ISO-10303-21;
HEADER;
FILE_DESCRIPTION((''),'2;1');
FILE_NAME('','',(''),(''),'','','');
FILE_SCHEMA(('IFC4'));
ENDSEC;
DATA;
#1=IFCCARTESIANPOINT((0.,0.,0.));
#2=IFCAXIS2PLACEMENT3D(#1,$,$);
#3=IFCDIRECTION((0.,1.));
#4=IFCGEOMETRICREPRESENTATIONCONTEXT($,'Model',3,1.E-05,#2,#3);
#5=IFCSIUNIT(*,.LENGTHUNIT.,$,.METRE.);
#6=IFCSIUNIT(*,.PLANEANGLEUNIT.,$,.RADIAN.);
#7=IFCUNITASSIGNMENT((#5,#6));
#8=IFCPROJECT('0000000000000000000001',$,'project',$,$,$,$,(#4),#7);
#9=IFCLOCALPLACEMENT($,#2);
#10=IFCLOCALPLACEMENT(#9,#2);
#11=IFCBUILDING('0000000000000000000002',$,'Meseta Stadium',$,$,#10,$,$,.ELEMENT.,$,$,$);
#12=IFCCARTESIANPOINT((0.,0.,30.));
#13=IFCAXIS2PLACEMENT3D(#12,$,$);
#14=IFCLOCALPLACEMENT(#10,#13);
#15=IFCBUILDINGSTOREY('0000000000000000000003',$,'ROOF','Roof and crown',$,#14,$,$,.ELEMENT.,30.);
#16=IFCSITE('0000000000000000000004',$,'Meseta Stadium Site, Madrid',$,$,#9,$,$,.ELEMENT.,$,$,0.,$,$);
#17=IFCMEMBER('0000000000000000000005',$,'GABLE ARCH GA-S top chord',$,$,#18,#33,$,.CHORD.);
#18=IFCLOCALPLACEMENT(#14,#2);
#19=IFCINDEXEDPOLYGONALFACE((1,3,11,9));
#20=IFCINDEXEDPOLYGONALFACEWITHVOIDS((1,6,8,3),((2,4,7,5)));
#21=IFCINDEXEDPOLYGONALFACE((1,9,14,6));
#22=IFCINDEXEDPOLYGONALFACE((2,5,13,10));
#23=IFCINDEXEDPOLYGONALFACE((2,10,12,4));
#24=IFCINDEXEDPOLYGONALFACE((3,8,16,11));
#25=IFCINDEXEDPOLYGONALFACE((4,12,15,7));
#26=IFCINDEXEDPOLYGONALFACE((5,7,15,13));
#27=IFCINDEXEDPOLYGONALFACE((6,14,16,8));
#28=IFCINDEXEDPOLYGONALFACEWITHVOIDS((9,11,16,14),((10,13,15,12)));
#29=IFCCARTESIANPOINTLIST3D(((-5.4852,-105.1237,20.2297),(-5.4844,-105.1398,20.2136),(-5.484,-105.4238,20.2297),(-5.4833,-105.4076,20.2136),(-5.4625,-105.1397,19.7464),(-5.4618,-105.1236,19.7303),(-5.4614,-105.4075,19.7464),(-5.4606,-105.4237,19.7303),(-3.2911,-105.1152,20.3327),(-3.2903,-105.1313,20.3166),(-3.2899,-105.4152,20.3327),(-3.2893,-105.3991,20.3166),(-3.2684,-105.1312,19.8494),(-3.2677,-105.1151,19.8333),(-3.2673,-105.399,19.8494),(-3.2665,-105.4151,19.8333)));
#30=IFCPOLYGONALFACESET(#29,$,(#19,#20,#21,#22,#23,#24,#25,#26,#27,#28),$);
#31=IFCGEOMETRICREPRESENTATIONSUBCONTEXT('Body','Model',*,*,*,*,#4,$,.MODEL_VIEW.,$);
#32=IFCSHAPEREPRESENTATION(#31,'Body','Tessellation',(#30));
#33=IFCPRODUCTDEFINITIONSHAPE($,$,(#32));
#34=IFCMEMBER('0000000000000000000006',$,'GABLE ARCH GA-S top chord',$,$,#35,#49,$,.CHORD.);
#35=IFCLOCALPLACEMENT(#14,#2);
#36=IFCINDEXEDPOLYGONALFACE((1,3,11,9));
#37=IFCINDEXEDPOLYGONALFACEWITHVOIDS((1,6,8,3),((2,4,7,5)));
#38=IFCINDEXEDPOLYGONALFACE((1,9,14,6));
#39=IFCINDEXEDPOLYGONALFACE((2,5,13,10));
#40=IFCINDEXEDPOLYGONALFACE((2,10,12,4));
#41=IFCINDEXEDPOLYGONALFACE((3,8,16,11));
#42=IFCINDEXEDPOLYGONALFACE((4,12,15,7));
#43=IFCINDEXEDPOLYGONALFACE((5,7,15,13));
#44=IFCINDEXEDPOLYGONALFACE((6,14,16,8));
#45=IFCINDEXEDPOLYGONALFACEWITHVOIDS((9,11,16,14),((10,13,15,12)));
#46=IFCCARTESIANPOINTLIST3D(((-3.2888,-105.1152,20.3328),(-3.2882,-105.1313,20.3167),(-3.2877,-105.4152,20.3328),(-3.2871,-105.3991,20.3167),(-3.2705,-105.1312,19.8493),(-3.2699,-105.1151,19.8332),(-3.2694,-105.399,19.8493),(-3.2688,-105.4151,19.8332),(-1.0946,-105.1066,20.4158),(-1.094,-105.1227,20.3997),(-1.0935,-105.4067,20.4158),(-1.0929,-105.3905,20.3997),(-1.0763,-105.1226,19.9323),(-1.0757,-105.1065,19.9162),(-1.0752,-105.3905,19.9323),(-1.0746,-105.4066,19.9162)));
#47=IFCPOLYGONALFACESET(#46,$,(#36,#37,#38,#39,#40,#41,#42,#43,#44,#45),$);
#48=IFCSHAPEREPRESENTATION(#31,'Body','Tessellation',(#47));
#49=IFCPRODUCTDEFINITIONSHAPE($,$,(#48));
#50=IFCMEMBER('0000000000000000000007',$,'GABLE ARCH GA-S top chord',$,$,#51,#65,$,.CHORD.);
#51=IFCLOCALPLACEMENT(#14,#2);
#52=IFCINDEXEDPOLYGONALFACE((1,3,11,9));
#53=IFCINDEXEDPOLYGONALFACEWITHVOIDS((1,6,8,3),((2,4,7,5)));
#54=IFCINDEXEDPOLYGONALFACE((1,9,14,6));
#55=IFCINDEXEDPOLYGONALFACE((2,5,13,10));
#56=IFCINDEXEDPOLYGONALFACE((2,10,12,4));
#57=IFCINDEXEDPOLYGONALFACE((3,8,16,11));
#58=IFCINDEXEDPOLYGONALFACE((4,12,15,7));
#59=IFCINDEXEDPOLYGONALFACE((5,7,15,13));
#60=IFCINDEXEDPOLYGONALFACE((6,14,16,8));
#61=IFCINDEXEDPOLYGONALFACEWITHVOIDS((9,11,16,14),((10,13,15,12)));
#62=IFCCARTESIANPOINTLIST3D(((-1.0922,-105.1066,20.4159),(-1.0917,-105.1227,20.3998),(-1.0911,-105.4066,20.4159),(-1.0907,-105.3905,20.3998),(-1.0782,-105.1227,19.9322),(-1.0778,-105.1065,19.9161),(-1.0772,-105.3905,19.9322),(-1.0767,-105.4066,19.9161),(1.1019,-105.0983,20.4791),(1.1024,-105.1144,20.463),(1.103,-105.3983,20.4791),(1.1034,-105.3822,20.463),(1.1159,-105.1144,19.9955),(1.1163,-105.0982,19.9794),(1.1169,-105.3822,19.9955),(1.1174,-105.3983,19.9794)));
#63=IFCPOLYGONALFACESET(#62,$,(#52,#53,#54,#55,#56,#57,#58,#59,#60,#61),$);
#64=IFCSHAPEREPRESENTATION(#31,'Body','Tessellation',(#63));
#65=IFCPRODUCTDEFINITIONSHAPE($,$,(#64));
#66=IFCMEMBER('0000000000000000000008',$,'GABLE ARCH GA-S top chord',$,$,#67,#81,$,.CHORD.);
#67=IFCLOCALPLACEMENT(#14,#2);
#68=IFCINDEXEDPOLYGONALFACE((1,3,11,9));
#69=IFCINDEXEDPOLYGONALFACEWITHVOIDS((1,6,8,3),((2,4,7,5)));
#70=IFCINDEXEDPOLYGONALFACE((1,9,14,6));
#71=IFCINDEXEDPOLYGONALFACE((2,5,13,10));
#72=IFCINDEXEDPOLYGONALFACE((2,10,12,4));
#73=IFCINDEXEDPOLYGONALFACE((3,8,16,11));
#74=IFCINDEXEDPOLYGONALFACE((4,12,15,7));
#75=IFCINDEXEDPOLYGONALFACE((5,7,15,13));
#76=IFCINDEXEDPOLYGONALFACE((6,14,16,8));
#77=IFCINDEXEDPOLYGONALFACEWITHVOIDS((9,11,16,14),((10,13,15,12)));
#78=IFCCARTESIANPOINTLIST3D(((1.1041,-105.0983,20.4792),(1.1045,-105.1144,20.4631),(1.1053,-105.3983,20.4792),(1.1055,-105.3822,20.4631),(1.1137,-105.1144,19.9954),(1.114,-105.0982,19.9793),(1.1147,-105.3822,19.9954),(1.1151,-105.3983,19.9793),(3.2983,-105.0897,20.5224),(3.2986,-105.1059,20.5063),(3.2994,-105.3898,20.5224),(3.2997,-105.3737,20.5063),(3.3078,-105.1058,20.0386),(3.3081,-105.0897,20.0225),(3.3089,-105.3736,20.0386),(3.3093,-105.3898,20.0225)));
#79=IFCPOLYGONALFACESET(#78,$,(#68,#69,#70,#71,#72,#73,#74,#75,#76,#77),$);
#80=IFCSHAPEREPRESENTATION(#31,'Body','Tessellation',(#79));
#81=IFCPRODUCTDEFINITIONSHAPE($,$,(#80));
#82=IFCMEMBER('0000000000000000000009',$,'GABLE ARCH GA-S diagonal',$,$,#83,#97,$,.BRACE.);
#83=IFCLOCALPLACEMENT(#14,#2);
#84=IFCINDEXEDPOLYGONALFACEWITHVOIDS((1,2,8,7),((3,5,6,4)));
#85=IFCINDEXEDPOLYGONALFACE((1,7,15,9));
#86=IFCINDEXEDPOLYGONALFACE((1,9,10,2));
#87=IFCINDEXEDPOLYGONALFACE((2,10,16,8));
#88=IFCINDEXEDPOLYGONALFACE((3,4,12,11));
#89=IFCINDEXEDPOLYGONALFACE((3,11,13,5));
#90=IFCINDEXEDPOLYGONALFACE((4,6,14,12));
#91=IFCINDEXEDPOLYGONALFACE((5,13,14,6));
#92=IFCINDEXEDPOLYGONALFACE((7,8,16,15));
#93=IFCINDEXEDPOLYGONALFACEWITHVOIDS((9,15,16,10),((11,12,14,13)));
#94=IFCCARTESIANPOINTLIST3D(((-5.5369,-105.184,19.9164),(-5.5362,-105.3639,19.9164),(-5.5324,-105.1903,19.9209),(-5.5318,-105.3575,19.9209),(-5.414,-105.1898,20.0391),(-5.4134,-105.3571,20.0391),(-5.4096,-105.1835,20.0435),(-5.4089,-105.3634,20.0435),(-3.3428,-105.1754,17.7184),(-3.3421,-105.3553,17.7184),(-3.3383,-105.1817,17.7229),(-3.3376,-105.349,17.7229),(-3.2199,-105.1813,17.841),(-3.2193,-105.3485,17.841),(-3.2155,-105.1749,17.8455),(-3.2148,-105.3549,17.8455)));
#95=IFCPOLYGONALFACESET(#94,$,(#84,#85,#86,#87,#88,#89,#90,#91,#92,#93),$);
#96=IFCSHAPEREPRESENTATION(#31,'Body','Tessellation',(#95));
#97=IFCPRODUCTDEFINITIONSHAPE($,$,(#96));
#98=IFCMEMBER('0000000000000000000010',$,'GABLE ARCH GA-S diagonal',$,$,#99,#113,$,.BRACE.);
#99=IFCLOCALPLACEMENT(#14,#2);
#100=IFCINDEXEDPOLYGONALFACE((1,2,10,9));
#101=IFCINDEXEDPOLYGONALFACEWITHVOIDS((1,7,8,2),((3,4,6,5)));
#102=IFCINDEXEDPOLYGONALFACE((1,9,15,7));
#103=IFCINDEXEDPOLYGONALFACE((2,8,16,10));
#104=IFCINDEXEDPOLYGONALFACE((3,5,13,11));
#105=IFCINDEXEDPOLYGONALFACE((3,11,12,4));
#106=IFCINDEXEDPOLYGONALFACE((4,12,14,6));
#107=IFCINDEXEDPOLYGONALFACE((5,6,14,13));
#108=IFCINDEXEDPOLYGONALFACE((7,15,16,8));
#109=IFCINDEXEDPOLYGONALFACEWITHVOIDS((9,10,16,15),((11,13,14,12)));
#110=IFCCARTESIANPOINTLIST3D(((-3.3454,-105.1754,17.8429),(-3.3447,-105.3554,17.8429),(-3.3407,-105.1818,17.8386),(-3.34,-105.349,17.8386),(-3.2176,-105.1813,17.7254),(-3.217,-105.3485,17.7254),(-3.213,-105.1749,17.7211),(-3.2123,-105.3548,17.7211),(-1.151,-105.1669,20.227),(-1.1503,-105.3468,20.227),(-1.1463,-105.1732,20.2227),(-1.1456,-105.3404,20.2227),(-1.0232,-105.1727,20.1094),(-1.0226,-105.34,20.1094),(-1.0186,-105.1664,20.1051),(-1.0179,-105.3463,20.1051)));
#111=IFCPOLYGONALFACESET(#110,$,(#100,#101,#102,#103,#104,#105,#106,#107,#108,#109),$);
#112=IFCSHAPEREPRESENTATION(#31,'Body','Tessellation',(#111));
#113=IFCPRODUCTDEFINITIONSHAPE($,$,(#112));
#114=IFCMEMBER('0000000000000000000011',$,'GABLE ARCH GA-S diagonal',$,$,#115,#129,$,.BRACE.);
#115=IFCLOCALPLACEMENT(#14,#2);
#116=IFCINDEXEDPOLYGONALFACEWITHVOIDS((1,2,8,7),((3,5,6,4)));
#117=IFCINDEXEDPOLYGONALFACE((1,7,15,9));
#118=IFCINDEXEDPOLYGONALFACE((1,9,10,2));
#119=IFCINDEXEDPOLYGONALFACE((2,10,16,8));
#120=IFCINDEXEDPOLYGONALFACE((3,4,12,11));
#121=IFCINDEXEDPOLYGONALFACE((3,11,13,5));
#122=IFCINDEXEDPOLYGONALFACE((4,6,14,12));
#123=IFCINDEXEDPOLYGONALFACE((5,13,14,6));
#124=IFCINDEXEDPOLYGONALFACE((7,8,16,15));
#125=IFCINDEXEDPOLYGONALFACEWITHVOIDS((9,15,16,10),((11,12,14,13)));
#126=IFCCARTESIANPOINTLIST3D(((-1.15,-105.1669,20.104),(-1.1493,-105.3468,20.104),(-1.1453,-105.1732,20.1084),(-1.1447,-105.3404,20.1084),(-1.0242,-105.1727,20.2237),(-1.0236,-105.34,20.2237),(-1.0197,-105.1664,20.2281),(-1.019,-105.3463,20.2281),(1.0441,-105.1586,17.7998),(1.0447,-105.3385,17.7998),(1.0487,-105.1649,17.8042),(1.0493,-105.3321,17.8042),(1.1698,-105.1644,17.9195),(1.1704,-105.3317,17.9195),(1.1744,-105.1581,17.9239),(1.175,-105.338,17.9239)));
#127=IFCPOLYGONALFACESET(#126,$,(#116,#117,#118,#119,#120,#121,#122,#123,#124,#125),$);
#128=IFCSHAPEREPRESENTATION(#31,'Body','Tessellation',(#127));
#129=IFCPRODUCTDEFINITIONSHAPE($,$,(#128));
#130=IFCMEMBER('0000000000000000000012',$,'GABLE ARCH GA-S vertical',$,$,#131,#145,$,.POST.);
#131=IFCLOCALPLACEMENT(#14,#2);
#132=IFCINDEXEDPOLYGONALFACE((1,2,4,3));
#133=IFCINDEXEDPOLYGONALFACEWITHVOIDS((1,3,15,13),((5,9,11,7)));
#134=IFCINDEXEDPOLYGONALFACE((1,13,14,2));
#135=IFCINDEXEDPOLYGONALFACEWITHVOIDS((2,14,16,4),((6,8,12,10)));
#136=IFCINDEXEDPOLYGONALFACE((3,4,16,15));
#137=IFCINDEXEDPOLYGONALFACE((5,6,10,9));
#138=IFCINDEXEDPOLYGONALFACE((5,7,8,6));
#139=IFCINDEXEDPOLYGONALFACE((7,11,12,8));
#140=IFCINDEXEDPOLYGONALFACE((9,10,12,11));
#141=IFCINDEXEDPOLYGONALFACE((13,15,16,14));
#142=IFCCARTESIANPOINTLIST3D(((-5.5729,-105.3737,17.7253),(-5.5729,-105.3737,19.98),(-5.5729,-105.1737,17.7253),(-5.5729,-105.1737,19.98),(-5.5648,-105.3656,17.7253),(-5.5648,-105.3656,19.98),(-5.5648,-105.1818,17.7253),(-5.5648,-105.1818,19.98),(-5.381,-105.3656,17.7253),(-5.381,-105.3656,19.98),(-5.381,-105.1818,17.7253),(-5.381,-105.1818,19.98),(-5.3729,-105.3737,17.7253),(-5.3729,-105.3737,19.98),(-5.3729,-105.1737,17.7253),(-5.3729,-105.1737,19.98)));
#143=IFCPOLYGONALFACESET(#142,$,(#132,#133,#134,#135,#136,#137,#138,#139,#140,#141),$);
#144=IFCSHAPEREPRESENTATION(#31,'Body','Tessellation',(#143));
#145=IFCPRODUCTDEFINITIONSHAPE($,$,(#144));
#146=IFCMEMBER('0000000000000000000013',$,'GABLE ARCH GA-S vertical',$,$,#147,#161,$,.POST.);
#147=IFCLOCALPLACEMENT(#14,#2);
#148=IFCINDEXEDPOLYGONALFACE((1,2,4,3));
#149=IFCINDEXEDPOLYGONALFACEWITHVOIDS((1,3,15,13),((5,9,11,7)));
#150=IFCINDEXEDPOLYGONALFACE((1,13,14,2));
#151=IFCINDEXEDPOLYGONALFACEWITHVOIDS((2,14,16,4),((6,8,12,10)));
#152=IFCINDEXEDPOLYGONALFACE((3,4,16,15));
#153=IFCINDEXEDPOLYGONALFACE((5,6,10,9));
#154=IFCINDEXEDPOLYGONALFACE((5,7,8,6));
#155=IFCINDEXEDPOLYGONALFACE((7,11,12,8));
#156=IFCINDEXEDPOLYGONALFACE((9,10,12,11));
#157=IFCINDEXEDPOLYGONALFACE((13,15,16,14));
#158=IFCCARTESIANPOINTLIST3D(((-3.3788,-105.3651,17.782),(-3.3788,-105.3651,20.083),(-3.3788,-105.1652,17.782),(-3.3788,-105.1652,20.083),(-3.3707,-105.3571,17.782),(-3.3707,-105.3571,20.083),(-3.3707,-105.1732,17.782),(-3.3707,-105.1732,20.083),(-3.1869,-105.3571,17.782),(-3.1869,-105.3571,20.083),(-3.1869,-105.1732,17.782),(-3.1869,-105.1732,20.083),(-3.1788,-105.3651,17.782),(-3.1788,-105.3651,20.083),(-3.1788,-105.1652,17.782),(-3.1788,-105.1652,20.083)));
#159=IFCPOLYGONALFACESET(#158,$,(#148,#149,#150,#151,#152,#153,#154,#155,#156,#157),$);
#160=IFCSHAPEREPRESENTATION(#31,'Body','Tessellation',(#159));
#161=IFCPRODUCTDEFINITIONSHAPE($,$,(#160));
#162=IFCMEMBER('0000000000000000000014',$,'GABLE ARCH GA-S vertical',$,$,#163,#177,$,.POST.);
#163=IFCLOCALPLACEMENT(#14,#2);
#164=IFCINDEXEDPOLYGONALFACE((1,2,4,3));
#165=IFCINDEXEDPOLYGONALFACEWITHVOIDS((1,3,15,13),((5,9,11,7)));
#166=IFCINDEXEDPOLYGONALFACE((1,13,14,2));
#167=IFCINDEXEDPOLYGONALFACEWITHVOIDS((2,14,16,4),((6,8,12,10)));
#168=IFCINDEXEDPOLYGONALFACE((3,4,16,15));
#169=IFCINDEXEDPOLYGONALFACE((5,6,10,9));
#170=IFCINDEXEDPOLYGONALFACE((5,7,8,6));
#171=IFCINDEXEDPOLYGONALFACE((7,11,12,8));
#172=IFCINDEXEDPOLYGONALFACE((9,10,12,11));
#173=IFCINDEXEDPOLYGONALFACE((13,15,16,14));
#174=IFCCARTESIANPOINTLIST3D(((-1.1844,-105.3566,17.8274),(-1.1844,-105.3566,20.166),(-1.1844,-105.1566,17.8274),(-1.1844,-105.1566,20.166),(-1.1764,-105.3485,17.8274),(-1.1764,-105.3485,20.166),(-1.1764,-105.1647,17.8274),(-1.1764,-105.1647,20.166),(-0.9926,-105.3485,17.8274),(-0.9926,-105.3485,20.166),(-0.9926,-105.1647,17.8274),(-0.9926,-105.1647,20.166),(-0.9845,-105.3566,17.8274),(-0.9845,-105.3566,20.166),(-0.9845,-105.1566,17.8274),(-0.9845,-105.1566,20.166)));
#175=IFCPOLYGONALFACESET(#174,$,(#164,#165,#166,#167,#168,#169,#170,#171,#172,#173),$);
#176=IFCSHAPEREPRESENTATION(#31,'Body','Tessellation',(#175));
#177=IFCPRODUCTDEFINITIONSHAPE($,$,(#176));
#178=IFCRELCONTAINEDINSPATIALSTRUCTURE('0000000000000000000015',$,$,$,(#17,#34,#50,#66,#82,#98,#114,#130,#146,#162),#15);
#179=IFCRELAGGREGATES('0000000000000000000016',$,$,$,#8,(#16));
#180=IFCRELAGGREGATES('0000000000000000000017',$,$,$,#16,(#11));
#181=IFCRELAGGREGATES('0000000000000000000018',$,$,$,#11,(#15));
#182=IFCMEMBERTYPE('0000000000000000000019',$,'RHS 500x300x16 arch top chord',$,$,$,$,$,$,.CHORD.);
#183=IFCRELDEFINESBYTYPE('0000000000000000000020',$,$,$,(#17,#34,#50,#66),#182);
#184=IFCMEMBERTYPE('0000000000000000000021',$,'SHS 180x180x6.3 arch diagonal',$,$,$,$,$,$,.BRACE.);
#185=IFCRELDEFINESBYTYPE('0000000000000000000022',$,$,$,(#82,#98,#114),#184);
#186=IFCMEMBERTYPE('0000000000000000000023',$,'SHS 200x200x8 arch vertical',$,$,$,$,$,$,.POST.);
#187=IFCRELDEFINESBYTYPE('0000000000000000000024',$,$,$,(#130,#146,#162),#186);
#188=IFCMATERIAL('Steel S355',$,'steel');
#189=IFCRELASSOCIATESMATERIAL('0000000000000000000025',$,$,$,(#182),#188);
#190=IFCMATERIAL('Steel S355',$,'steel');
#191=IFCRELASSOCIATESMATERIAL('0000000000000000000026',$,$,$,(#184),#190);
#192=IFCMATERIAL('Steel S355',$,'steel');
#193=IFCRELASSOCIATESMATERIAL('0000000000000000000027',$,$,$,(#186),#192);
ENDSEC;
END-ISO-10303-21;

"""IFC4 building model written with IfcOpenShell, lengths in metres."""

from ifc_helpers import new_model, si_unit, direction, frame, origin, origin_2d, place, context, subcontext, project, spatial, hollow_rectangle, extrude, material, material_profile, profile_set, type_object, element, save


model = new_model("IFC4")

# Units and contexts
model_context = context("Model", 3, precision=1e-05, world=origin(), true_north=direction((0.0, 1.0)))
body_context = subcontext(model_context, "Body", "Model", "MODEL_VIEW")
ifc_project = project(units=[si_unit("LENGTHUNIT", "METRE"), si_unit("PLANEANGLEUNIT", "RADIAN")], contexts=[model_context])

# Site, building, storey
site_placement = place(None, origin())
site = spatial("IfcSite", under=ifc_project, at=site_placement, Name="Meseta Stadium Site, Madrid", CompositionType="ELEMENT", RefElevation=0.0)
building_placement = place(site_placement, origin())
building = spatial("IfcBuilding", under=site, at=building_placement, Name="Meseta Stadium", CompositionType="ELEMENT")
storey_placement = place(building_placement, frame((0.0, 0.0, 30.0)))
storey = spatial("IfcBuildingStorey", under=building, at=storey_placement, Name="ROOF", Description="Roof and crown", CompositionType="ELEMENT", Elevation=30.0)

# Members
ifc_material_1 = material(Name="Steel S355", Category="steel")
ifc_material_profile_1 = material_profile(ifc_material_1, hollow_rectangle(XDim=0.3, YDim=0.5, WallThickness=0.0161, at=origin_2d()), Name="RHS 500x300x16")
ifc_profile_set_1 = profile_set([ifc_material_profile_1], Name="Steel S355")
member_type_1 = type_object("IfcMemberType", Name="RHS 500x300x16 arch top chord", PredefinedType="CHORD", material=ifc_profile_set_1)
member_1_placement = place(storey_placement, frame((-5.4729, -105.2737, 19.98), z_axis=(0.998892, 0.00389, 0.046905), x_axis=(-0.003894, 0.999992, 0.0)))
element("IfcMember", 1, at=member_1_placement, inside=storey, type_object=member_type_1, Name="GABLE ARCH GA-S top chord", PredefinedType="CHORD", context=body_context, shape_type="SweptSolid", body=[
    extrude(hollow_rectangle(XDim=0.3, YDim=0.5, WallThickness=0.0161, at=origin_2d()), origin(), (0.0, 0.0, 1.0), 2.1965),
])
member_2_placement = place(storey_placement, frame((-3.2788, -105.2651, 20.083), z_axis=(0.999278, 0.003891, 0.037801), x_axis=(-0.003894, 0.999992, 0.0)))
element("IfcMember", 2, at=member_2_placement, inside=storey, type_object=member_type_1, Name="GABLE ARCH GA-S top chord", PredefinedType="CHORD", context=body_context, shape_type="SweptSolid", body=[
    extrude(hollow_rectangle(XDim=0.3, YDim=0.5, WallThickness=0.0161, at=origin_2d()), origin(), (0.0, 0.0, 1.0), 2.1958),
])
member_3_placement = place(storey_placement, frame((-1.0845, -105.2566, 20.166), z_axis=(0.999578, 0.003782, 0.028807), x_axis=(-0.003783, 0.999993, 0.0)))
element("IfcMember", 3, at=member_3_placement, inside=storey, type_object=member_type_1, Name="GABLE ARCH GA-S top chord", PredefinedType="CHORD", context=body_context, shape_type="SweptSolid", body=[
    extrude(hollow_rectangle(XDim=0.3, YDim=0.5, WallThickness=0.0161, at=origin_2d()), origin(), (0.0, 0.0, 1.0), 2.1951),
])
member_4_placement = place(storey_placement, frame((1.1096, -105.2483, 20.2292), z_axis=(0.999799, 0.003894, 0.019691), x_axis=(-0.003894, 0.999992, 0.0)))
element("IfcMember", 4, at=member_4_placement, inside=storey, type_object=member_type_1, Name="GABLE ARCH GA-S top chord", PredefinedType="CHORD", context=body_context, shape_type="SweptSolid", body=[
    extrude(hollow_rectangle(XDim=0.3, YDim=0.5, WallThickness=0.0161, at=origin_2d()), origin(), (0.0, 0.0, 1.0), 2.1946),
])
ifc_material_2 = material(Name="Steel S355", Category="steel")
ifc_material_profile_2 = material_profile(ifc_material_2, hollow_rectangle(XDim=0.1799, YDim=0.1799, WallThickness=0.0063, at=origin_2d()), Name="SHS 180x180x6.3")
ifc_profile_set_2 = profile_set([ifc_material_profile_2], Name="Steel S355")
member_type_2 = type_object("IfcMemberType", Name="SHS 180x180x6.3 arch diagonal", PredefinedType="BRACE", material=ifc_profile_set_2)
member_5_placement = place(storey_placement, frame((-5.4729, -105.2737, 19.98), z_axis=(0.706475, 0.002751, -0.707733), x_axis=(-0.003894, 0.999992, 0.0)))
element("IfcMember", 5, at=member_5_placement, inside=storey, type_object=member_type_2, Name="GABLE ARCH GA-S diagonal", PredefinedType="BRACE", context=body_context, shape_type="SweptSolid", body=[
    extrude(hollow_rectangle(XDim=0.1799, YDim=0.1799, WallThickness=0.0063, at=origin_2d()), origin(), (0.0, 0.0, 1.0), 3.1057),
])
member_6_placement = place(storey_placement, frame((-3.2788, -105.2651, 17.782), z_axis=(0.677226, 0.002637, 0.735771), x_axis=(-0.003894, 0.999992, 0.0)))
element("IfcMember", 6, at=member_6_placement, inside=storey, type_object=member_type_2, Name="GABLE ARCH GA-S diagonal", PredefinedType="BRACE", context=body_context, shape_type="SweptSolid", body=[
    extrude(hollow_rectangle(XDim=0.1799, YDim=0.1799, WallThickness=0.0063, at=origin_2d()), origin(), (0.0, 0.0, 1.0), 3.2402),
])
member_7_placement = place(storey_placement, frame((-1.0845, -105.2566, 20.166), z_axis=(0.68959, 0.002609, -0.724196), x_axis=(-0.003783, 0.999993, 0.0)))
element("IfcMember", 7, at=member_7_placement, inside=storey, type_object=member_type_2, Name="GABLE ARCH GA-S diagonal", PredefinedType="BRACE", context=body_context, shape_type="SweptSolid", body=[
    extrude(hollow_rectangle(XDim=0.1799, YDim=0.1799, WallThickness=0.0063, at=origin_2d()), origin(), (0.0, 0.0, 1.0), 3.1816),
])
ifc_material_3 = material(Name="Steel S355", Category="steel")
ifc_material_profile_3 = material_profile(ifc_material_3, hollow_rectangle(XDim=0.2, YDim=0.2, WallThickness=0.0081, at=origin_2d()), Name="SHS 200x200x8")
ifc_profile_set_3 = profile_set([ifc_material_profile_3], Name="Steel S355")
member_type_3 = type_object("IfcMemberType", Name="SHS 200x200x8 arch vertical", PredefinedType="POST", material=ifc_profile_set_3)
member_8_placement = place(storey_placement, frame((-5.4729, -105.2737, 17.7253), z_axis=(0.0, 0.0, 1.0), x_axis=(1.0, 0.0, 0.0)))
element("IfcMember", 8, at=member_8_placement, inside=storey, type_object=member_type_3, Name="GABLE ARCH GA-S vertical", PredefinedType="POST", context=body_context, shape_type="SweptSolid", body=[
    extrude(hollow_rectangle(XDim=0.2, YDim=0.2, WallThickness=0.0081, at=origin_2d()), origin(), (0.0, 0.0, 1.0), 2.2546),
])
member_9_placement = place(storey_placement, frame((-3.2788, -105.2651, 17.782), z_axis=(0.0, 0.0, 1.0), x_axis=(1.0, 0.0, 0.0)))
element("IfcMember", 9, at=member_9_placement, inside=storey, type_object=member_type_3, Name="GABLE ARCH GA-S vertical", PredefinedType="POST", context=body_context, shape_type="SweptSolid", body=[
    extrude(hollow_rectangle(XDim=0.2, YDim=0.2, WallThickness=0.0081, at=origin_2d()), origin(), (0.0, 0.0, 1.0), 2.301),
])
member_10_placement = place(storey_placement, frame((-1.0845, -105.2566, 17.8274), z_axis=(0.0, 0.0, 1.0), x_axis=(1.0, 0.0, 0.0)))
element("IfcMember", 10, at=member_10_placement, inside=storey, type_object=member_type_3, Name="GABLE ARCH GA-S vertical", PredefinedType="POST", context=body_context, shape_type="SweptSolid", body=[
    extrude(hollow_rectangle(XDim=0.2, YDim=0.2, WallThickness=0.0081, at=origin_2d()), origin(), (0.0, 0.0, 1.0), 2.3386),
])

save(model, "model.ifc")
